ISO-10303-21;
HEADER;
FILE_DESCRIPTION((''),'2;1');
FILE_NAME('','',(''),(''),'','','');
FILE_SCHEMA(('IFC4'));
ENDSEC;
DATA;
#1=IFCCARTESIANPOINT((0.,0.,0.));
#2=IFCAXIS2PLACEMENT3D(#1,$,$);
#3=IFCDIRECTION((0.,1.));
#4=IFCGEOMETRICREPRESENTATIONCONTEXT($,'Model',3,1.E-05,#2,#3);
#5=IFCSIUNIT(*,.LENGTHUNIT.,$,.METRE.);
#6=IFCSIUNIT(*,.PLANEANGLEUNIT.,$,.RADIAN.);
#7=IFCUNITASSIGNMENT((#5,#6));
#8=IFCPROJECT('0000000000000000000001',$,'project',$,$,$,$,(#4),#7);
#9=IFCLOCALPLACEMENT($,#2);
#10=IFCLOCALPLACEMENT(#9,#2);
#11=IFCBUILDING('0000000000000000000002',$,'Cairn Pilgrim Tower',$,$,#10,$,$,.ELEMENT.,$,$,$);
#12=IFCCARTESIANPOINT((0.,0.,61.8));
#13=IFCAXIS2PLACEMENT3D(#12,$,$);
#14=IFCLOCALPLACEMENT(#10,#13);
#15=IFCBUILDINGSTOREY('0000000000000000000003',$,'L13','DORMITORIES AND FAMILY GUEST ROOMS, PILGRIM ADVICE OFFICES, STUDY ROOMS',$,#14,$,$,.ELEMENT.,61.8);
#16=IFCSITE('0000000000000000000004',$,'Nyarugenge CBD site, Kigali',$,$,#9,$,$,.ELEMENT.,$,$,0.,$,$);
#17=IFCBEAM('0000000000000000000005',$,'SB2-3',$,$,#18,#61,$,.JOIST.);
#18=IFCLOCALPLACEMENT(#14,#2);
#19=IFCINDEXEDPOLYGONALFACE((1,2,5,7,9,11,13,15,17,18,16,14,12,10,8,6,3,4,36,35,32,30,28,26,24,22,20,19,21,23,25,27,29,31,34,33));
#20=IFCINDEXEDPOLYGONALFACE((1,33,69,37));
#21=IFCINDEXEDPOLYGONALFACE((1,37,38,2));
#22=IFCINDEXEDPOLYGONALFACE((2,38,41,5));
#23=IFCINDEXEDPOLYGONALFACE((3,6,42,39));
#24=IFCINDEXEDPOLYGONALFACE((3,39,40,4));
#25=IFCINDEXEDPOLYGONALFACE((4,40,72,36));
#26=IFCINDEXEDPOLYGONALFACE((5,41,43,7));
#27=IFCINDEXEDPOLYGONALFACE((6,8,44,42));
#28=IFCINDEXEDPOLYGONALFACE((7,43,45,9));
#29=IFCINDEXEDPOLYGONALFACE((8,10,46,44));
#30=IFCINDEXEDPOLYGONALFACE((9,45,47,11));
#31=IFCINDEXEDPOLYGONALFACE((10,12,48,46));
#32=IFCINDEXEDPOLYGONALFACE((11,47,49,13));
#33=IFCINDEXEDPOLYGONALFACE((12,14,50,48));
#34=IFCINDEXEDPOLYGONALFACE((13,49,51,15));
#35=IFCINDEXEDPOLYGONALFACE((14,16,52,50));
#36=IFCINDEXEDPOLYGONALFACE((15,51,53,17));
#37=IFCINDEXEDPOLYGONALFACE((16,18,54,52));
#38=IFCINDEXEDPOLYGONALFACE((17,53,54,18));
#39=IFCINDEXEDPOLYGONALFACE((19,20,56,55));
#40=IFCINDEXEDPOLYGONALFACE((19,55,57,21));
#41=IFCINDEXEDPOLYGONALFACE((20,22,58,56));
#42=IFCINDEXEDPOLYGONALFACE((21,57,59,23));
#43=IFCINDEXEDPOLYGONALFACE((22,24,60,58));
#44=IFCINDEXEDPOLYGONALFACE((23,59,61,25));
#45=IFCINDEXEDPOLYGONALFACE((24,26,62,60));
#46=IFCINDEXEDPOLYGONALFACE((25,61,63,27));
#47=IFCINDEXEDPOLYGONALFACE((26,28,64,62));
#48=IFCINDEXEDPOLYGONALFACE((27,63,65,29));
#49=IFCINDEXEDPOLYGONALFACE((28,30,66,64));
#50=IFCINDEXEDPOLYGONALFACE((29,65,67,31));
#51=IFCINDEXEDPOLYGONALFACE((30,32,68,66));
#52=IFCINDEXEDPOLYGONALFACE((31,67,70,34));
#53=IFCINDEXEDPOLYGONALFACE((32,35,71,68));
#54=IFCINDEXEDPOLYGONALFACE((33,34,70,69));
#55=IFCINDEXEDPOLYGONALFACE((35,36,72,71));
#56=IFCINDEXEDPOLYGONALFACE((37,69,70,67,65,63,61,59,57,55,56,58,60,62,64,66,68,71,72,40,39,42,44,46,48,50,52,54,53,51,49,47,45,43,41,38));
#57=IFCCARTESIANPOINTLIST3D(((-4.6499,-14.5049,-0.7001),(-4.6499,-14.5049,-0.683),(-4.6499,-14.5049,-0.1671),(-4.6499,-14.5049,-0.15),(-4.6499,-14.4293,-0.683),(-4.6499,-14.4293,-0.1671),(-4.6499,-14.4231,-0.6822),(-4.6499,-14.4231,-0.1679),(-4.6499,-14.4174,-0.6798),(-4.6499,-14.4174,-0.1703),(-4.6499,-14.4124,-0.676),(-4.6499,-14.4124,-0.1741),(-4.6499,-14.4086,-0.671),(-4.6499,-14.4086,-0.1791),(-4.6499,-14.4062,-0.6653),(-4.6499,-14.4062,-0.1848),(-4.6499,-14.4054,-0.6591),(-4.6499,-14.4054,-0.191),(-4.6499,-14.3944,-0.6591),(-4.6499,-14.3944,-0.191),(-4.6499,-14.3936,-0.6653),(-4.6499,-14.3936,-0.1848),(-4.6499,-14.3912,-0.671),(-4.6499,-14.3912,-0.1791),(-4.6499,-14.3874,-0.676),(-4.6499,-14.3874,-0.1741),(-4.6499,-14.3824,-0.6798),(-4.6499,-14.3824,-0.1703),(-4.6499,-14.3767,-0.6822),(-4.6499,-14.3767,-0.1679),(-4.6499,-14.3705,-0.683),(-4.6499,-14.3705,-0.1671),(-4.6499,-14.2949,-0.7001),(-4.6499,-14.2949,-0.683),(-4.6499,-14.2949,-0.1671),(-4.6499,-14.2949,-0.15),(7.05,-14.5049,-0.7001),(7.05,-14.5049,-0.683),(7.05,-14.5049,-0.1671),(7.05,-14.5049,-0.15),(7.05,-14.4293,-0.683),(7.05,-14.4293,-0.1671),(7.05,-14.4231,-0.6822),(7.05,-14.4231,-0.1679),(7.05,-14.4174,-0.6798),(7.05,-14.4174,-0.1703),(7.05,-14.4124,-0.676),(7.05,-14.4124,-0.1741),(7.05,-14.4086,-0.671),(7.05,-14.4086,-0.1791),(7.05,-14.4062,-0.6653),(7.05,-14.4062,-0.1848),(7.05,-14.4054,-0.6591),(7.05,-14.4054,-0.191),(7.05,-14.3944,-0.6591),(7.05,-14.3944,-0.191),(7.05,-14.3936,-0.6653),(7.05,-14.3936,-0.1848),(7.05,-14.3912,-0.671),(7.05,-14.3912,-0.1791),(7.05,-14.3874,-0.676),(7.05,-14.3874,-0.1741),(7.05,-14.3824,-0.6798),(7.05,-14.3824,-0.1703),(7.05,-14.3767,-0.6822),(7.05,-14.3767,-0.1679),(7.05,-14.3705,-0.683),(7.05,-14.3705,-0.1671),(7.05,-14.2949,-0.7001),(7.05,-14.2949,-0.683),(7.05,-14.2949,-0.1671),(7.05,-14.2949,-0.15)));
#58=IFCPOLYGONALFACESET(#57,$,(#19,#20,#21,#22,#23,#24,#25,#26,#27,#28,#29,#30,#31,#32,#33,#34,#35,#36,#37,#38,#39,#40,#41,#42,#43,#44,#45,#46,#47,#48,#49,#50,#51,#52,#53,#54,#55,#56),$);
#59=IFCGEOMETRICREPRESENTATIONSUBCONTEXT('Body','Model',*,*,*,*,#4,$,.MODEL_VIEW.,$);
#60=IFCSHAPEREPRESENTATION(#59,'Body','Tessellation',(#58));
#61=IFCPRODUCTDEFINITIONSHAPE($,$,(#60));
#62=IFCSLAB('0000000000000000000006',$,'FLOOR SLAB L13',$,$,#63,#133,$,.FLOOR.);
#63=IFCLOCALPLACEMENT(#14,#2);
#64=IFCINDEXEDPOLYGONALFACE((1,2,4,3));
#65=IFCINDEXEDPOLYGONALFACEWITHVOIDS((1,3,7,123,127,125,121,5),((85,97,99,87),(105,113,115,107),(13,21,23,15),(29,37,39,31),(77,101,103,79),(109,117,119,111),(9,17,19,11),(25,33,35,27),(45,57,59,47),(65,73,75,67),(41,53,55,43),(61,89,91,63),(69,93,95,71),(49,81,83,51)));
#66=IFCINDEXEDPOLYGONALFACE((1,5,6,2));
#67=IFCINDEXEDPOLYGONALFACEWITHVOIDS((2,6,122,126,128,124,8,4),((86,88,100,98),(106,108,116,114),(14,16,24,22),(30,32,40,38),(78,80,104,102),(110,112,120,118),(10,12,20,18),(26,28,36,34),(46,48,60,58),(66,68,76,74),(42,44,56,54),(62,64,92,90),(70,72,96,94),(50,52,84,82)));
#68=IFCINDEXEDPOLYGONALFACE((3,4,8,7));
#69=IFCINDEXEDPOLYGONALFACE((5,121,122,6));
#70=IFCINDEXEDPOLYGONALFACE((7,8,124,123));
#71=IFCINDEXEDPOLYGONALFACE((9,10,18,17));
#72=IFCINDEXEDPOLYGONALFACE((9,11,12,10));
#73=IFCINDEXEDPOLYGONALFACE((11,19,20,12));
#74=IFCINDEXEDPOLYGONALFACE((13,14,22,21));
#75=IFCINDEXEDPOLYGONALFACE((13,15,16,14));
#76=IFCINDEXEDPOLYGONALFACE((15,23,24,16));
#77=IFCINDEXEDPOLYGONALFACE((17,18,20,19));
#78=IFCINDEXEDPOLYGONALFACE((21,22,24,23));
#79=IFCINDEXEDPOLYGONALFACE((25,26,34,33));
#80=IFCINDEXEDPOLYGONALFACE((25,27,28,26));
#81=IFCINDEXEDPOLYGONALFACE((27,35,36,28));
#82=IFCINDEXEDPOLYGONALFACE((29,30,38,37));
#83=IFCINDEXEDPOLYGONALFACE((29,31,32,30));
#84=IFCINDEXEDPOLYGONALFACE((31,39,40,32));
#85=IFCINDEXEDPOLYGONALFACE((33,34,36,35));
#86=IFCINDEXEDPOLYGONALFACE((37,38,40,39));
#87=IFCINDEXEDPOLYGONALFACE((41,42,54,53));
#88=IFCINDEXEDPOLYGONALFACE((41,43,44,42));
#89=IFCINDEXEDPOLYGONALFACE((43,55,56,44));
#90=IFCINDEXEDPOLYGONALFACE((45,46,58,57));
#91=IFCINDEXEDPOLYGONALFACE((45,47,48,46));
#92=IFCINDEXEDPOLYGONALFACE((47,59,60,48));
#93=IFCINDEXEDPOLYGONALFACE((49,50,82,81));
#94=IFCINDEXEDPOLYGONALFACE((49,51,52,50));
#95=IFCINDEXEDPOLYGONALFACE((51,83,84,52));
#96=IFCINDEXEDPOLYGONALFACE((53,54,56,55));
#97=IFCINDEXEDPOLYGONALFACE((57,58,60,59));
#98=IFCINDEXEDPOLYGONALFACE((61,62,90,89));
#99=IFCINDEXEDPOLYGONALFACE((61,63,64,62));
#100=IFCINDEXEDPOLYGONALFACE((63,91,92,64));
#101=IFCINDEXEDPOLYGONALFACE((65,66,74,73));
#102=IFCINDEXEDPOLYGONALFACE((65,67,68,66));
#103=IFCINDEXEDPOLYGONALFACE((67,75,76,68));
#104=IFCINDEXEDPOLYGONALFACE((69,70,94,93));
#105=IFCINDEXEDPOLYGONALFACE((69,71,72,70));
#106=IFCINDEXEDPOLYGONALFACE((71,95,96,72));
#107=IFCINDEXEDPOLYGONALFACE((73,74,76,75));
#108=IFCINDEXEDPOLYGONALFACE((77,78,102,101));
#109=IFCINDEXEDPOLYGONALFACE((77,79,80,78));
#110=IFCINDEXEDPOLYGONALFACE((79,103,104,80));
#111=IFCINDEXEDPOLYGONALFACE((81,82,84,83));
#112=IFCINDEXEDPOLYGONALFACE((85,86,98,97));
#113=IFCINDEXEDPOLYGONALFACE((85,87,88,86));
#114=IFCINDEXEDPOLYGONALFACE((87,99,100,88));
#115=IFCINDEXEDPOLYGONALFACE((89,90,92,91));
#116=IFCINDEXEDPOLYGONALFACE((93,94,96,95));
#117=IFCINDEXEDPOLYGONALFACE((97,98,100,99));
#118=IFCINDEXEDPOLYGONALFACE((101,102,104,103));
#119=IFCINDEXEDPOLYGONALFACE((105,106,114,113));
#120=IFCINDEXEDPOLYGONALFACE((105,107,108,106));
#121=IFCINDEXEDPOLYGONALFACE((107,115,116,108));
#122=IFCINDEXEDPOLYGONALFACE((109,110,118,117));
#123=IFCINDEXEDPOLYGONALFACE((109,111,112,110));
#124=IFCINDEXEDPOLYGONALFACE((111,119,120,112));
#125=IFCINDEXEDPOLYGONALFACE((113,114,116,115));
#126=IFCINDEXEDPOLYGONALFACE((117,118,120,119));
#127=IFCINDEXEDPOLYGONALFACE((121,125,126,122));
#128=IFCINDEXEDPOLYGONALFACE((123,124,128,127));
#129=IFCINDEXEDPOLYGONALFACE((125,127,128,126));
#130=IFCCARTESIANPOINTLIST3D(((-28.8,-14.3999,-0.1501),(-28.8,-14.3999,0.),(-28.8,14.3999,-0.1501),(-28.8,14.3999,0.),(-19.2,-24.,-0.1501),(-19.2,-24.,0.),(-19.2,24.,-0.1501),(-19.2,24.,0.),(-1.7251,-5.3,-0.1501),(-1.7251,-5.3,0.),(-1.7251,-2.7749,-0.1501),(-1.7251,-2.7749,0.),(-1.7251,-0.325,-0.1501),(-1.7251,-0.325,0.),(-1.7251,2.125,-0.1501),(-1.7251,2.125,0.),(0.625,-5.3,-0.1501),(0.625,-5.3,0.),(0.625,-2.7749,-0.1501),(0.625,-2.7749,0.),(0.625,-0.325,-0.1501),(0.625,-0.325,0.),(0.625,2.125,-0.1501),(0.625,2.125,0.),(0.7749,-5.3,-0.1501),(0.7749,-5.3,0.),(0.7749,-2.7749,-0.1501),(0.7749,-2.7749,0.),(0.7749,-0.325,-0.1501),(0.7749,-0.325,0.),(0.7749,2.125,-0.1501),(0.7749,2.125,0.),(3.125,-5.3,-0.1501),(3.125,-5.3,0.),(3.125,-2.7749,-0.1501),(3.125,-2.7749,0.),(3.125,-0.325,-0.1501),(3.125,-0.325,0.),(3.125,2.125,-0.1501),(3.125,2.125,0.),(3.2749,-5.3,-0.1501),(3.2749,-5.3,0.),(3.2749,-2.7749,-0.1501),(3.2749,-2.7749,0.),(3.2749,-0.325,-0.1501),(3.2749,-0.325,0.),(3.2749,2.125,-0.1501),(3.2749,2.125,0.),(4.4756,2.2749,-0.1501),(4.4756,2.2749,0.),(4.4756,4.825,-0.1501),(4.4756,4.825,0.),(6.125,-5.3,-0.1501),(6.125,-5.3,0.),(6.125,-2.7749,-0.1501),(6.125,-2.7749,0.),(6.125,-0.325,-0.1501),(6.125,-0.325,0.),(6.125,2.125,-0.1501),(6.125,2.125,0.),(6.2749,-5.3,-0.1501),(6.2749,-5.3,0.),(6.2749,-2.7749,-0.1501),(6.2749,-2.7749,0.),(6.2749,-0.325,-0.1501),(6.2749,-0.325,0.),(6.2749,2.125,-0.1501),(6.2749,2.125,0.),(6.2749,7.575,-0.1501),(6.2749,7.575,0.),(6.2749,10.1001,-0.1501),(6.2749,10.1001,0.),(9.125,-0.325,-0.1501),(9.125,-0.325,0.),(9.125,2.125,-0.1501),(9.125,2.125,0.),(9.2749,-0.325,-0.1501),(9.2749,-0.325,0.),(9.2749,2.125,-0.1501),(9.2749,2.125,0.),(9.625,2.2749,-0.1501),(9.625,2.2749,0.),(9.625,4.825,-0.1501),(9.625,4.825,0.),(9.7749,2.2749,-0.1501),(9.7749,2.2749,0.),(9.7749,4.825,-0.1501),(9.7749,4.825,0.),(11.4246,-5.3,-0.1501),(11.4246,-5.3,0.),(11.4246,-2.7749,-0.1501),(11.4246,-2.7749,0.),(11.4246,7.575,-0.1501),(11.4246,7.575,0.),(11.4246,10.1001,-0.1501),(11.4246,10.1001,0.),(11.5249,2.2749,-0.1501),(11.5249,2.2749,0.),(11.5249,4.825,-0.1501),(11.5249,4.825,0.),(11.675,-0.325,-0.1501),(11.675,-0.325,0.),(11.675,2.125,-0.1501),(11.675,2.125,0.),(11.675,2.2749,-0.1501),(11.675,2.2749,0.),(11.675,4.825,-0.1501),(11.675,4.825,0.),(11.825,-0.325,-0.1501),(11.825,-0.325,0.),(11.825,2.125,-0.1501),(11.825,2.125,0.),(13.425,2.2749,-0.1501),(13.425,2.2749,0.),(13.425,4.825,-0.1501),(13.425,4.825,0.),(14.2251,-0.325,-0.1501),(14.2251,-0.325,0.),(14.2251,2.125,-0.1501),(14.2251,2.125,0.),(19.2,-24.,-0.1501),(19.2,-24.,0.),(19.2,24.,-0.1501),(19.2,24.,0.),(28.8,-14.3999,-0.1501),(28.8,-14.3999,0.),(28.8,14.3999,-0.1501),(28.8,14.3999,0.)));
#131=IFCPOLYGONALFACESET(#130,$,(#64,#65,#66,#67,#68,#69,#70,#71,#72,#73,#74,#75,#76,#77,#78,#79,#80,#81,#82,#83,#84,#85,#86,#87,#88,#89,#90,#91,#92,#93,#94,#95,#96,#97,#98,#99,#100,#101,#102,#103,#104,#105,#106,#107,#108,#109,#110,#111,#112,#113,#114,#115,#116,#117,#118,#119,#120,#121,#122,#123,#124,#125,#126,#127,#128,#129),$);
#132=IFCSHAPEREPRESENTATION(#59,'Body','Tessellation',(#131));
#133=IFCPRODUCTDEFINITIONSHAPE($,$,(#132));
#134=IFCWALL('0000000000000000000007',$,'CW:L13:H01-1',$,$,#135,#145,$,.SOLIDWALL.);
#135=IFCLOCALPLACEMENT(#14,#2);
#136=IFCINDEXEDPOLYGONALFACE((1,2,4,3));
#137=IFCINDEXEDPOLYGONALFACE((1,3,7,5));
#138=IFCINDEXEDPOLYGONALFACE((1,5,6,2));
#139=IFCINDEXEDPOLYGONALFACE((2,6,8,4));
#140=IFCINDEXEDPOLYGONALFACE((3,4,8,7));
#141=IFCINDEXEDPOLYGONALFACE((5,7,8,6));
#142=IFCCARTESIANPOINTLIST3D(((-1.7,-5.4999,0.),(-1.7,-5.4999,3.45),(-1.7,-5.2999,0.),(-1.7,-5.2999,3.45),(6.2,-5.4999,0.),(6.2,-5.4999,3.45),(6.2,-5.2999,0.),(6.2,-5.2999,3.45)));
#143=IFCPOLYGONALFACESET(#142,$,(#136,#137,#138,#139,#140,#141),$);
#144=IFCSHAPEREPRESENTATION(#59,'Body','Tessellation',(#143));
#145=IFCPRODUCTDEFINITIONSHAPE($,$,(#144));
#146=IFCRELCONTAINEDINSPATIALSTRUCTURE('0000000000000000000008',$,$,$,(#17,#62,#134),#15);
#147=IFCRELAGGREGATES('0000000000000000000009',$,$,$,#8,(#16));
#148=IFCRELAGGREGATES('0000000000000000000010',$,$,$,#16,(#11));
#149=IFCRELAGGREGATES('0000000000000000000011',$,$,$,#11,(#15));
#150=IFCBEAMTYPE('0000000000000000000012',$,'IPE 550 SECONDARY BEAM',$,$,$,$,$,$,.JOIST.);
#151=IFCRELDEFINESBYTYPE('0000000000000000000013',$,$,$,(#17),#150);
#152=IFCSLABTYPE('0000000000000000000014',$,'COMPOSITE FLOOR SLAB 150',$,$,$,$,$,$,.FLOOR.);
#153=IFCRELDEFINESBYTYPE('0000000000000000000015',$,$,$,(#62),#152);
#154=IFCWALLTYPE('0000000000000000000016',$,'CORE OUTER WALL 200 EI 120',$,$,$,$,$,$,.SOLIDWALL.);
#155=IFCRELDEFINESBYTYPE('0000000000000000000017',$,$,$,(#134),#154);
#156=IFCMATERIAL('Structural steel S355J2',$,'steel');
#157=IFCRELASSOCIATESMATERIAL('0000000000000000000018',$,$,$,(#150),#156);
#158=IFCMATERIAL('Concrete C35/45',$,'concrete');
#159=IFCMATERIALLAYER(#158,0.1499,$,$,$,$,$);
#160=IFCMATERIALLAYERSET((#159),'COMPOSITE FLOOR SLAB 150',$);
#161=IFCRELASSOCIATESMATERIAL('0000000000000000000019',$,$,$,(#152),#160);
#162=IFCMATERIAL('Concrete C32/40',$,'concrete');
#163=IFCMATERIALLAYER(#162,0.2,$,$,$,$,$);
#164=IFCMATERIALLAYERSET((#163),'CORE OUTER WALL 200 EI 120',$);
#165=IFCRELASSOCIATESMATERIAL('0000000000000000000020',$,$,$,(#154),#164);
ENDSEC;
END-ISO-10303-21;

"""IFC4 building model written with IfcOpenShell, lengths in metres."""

from ifc_helpers import new_model, si_unit, direction, frame, frame_2d, origin, origin_2d, place, context, subcontext, project, spatial, polyline, rectangle, i_section, outline, extrude, material, layer, layer_set, material_profile, profile_set, type_object, element, save


model = new_model("IFC4")

# Units and contexts
model_context = context("Model", 3, precision=1e-05, world=origin(), true_north=direction((0.0, 1.0)))
body_context = subcontext(model_context, "Body", "Model", "MODEL_VIEW")
ifc_project = project(units=[si_unit("LENGTHUNIT", "METRE"), si_unit("PLANEANGLEUNIT", "RADIAN")], contexts=[model_context])

# Site, building, storey
site_placement = place(None, origin())
site = spatial("IfcSite", under=ifc_project, at=site_placement, Name="Nyarugenge CBD site, Kigali", CompositionType="ELEMENT", RefElevation=0.0)
building_placement = place(site_placement, origin())
building = spatial("IfcBuilding", under=site, at=building_placement, Name="Cairn Pilgrim Tower", CompositionType="ELEMENT")
storey_placement = place(building_placement, frame((0.0, 0.0, 61.8)))
storey = spatial("IfcBuildingStorey", under=building, at=storey_placement, Name="L13", Description="DORMITORIES AND FAMILY GUEST ROOMS, PILGRIM ADVICE OFFICES, STUDY ROOMS", CompositionType="ELEMENT", Elevation=61.8)

# Beam
ifc_material_1 = material(Name="Structural steel S355J2", Category="steel")
ifc_material_profile_1 = material_profile(ifc_material_1, i_section(OverallWidth=0.21, OverallDepth=0.55, WebThickness=0.011, FlangeThickness=0.0171, FilletRadius=0.0239, at=origin_2d()), Name="IPE 550")
ifc_profile_set_1 = profile_set([ifc_material_profile_1], Name="Structural steel S355J2")
beam_type_1 = type_object("IfcBeamType", Name="IPE 550 SECONDARY BEAM", PredefinedType="JOIST", material=ifc_profile_set_1)
beam_1_placement = place(storey_placement, frame((-4.6499, -14.3999, -0.425), z_axis=(1.0, 0.0, 0.0), x_axis=(0.0, 1.0, 0.0)))
element("IfcBeam", 1, at=beam_1_placement, inside=storey, type_object=beam_type_1, Name="SB2-3", PredefinedType="JOIST", context=body_context, shape_type="SweptSolid", body=[
    extrude(i_section(OverallWidth=0.21, OverallDepth=0.55, WebThickness=0.011, FlangeThickness=0.0171, FilletRadius=0.0239, at=origin_2d()), origin(), (0.0, 0.0, 1.0), 11.7),
])

# Slab
ifc_material_2 = material(Name="Concrete C35/45", Category="concrete")
ifc_layer_1 = layer(ifc_material_2, 0.1499)
ifc_layer_set_1 = layer_set([ifc_layer_1], Name="COMPOSITE FLOOR SLAB 150")
slab_type_1 = type_object("IfcSlabType", Name="COMPOSITE FLOOR SLAB 150", PredefinedType="FLOOR", material=ifc_layer_set_1)
slab_1_placement = place(storey_placement, frame((0.0, 0.0, -0.1501)))
element("IfcSlab", 2, at=slab_1_placement, inside=storey, type_object=slab_type_1, Name="FLOOR SLAB L13", PredefinedType="FLOOR", context=body_context, shape_type="SweptSolid", body=[
    extrude(outline(polyline([(-19.2, -24.0), (19.2, -24.0), (28.8, -14.3999), (28.8, 14.3999), (19.2, 24.0), (-19.2, 24.0), (-28.8, 14.3999), (-28.8, -14.3999), (-19.2, -24.0)]), holes=[polyline([(-1.7251, -5.3), (0.625, -5.3), (0.625, -2.7749), (-1.7251, -2.7749), (-1.7251, -5.3)]), polyline([(0.7749, -5.3), (3.125, -5.3), (3.125, -2.7749), (0.7749, -2.7749), (0.7749, -5.3)]), polyline([(-1.7251, -0.325), (0.625, -0.325), (0.625, 2.125), (-1.7251, 2.125), (-1.7251, -0.325)]), polyline([(0.7749, -0.325), (3.125, -0.325), (3.125, 2.125), (0.7749, 2.125), (0.7749, -0.325)]), polyline([(3.2749, -5.3), (6.125, -5.3), (6.125, -2.7749), (3.2749, -2.7749), (3.2749, -5.3)]), polyline([(3.2749, -0.325), (6.125, -0.325), (6.125, 2.125), (3.2749, 2.125), (3.2749, -0.325)]), polyline([(6.2749, -0.325), (9.125, -0.325), (9.125, 2.125), (6.2749, 2.125), (6.2749, -0.325)]), polyline([(9.2749, -0.325), (11.675, -0.325), (11.675, 2.125), (9.2749, 2.125), (9.2749, -0.325)]), polyline([(11.825, -0.325), (14.2251, -0.325), (14.2251, 2.125), (11.825, 2.125), (11.825, -0.325)]), polyline([(9.7749, 2.2749), (11.5249, 2.2749), (11.5249, 4.825), (9.7749, 4.825), (9.7749, 2.2749)]), polyline([(11.675, 2.2749), (13.425, 2.2749), (13.425, 4.825), (11.675, 4.825), (11.675, 2.2749)]), polyline([(11.4246, -2.7749), (6.2749, -2.7749), (6.2749, -5.3), (11.4246, -5.3), (11.4246, -2.7749)]), polyline([(4.4756, 2.2749), (9.625, 2.2749), (9.625, 4.825), (4.4756, 4.825), (4.4756, 2.2749)]), polyline([(11.4246, 10.1001), (6.2749, 10.1001), (6.2749, 7.575), (11.4246, 7.575), (11.4246, 10.1001)])]), origin(), (0.0, 0.0, 1.0), 0.1501),
])

# Wall
ifc_material_3 = material(Name="Concrete C32/40", Category="concrete")
ifc_layer_2 = layer(ifc_material_3, 0.2)
ifc_layer_set_2 = layer_set([ifc_layer_2], Name="CORE OUTER WALL 200 EI 120")
wall_type_1 = type_object("IfcWallType", Name="CORE OUTER WALL 200 EI 120", PredefinedType="SOLIDWALL", material=ifc_layer_set_2)
wall_1_placement = place(storey_placement, frame((-1.7, -5.3999, 0.0), z_axis=(0.0, 0.0, 1.0), x_axis=(1.0, 0.0, 0.0)))
element("IfcWall", 3, at=wall_1_placement, inside=storey, type_object=wall_type_1, Name="CW:L13:H01-1", PredefinedType="SOLIDWALL", context=body_context, shape_type="SweptSolid", body=[
    extrude(rectangle(XDim=7.8999, YDim=0.2, at=frame_2d((3.95, 0.0))), origin(), (0.0, 0.0, 1.0), 3.45),
])

save(model, "model.ifc")
